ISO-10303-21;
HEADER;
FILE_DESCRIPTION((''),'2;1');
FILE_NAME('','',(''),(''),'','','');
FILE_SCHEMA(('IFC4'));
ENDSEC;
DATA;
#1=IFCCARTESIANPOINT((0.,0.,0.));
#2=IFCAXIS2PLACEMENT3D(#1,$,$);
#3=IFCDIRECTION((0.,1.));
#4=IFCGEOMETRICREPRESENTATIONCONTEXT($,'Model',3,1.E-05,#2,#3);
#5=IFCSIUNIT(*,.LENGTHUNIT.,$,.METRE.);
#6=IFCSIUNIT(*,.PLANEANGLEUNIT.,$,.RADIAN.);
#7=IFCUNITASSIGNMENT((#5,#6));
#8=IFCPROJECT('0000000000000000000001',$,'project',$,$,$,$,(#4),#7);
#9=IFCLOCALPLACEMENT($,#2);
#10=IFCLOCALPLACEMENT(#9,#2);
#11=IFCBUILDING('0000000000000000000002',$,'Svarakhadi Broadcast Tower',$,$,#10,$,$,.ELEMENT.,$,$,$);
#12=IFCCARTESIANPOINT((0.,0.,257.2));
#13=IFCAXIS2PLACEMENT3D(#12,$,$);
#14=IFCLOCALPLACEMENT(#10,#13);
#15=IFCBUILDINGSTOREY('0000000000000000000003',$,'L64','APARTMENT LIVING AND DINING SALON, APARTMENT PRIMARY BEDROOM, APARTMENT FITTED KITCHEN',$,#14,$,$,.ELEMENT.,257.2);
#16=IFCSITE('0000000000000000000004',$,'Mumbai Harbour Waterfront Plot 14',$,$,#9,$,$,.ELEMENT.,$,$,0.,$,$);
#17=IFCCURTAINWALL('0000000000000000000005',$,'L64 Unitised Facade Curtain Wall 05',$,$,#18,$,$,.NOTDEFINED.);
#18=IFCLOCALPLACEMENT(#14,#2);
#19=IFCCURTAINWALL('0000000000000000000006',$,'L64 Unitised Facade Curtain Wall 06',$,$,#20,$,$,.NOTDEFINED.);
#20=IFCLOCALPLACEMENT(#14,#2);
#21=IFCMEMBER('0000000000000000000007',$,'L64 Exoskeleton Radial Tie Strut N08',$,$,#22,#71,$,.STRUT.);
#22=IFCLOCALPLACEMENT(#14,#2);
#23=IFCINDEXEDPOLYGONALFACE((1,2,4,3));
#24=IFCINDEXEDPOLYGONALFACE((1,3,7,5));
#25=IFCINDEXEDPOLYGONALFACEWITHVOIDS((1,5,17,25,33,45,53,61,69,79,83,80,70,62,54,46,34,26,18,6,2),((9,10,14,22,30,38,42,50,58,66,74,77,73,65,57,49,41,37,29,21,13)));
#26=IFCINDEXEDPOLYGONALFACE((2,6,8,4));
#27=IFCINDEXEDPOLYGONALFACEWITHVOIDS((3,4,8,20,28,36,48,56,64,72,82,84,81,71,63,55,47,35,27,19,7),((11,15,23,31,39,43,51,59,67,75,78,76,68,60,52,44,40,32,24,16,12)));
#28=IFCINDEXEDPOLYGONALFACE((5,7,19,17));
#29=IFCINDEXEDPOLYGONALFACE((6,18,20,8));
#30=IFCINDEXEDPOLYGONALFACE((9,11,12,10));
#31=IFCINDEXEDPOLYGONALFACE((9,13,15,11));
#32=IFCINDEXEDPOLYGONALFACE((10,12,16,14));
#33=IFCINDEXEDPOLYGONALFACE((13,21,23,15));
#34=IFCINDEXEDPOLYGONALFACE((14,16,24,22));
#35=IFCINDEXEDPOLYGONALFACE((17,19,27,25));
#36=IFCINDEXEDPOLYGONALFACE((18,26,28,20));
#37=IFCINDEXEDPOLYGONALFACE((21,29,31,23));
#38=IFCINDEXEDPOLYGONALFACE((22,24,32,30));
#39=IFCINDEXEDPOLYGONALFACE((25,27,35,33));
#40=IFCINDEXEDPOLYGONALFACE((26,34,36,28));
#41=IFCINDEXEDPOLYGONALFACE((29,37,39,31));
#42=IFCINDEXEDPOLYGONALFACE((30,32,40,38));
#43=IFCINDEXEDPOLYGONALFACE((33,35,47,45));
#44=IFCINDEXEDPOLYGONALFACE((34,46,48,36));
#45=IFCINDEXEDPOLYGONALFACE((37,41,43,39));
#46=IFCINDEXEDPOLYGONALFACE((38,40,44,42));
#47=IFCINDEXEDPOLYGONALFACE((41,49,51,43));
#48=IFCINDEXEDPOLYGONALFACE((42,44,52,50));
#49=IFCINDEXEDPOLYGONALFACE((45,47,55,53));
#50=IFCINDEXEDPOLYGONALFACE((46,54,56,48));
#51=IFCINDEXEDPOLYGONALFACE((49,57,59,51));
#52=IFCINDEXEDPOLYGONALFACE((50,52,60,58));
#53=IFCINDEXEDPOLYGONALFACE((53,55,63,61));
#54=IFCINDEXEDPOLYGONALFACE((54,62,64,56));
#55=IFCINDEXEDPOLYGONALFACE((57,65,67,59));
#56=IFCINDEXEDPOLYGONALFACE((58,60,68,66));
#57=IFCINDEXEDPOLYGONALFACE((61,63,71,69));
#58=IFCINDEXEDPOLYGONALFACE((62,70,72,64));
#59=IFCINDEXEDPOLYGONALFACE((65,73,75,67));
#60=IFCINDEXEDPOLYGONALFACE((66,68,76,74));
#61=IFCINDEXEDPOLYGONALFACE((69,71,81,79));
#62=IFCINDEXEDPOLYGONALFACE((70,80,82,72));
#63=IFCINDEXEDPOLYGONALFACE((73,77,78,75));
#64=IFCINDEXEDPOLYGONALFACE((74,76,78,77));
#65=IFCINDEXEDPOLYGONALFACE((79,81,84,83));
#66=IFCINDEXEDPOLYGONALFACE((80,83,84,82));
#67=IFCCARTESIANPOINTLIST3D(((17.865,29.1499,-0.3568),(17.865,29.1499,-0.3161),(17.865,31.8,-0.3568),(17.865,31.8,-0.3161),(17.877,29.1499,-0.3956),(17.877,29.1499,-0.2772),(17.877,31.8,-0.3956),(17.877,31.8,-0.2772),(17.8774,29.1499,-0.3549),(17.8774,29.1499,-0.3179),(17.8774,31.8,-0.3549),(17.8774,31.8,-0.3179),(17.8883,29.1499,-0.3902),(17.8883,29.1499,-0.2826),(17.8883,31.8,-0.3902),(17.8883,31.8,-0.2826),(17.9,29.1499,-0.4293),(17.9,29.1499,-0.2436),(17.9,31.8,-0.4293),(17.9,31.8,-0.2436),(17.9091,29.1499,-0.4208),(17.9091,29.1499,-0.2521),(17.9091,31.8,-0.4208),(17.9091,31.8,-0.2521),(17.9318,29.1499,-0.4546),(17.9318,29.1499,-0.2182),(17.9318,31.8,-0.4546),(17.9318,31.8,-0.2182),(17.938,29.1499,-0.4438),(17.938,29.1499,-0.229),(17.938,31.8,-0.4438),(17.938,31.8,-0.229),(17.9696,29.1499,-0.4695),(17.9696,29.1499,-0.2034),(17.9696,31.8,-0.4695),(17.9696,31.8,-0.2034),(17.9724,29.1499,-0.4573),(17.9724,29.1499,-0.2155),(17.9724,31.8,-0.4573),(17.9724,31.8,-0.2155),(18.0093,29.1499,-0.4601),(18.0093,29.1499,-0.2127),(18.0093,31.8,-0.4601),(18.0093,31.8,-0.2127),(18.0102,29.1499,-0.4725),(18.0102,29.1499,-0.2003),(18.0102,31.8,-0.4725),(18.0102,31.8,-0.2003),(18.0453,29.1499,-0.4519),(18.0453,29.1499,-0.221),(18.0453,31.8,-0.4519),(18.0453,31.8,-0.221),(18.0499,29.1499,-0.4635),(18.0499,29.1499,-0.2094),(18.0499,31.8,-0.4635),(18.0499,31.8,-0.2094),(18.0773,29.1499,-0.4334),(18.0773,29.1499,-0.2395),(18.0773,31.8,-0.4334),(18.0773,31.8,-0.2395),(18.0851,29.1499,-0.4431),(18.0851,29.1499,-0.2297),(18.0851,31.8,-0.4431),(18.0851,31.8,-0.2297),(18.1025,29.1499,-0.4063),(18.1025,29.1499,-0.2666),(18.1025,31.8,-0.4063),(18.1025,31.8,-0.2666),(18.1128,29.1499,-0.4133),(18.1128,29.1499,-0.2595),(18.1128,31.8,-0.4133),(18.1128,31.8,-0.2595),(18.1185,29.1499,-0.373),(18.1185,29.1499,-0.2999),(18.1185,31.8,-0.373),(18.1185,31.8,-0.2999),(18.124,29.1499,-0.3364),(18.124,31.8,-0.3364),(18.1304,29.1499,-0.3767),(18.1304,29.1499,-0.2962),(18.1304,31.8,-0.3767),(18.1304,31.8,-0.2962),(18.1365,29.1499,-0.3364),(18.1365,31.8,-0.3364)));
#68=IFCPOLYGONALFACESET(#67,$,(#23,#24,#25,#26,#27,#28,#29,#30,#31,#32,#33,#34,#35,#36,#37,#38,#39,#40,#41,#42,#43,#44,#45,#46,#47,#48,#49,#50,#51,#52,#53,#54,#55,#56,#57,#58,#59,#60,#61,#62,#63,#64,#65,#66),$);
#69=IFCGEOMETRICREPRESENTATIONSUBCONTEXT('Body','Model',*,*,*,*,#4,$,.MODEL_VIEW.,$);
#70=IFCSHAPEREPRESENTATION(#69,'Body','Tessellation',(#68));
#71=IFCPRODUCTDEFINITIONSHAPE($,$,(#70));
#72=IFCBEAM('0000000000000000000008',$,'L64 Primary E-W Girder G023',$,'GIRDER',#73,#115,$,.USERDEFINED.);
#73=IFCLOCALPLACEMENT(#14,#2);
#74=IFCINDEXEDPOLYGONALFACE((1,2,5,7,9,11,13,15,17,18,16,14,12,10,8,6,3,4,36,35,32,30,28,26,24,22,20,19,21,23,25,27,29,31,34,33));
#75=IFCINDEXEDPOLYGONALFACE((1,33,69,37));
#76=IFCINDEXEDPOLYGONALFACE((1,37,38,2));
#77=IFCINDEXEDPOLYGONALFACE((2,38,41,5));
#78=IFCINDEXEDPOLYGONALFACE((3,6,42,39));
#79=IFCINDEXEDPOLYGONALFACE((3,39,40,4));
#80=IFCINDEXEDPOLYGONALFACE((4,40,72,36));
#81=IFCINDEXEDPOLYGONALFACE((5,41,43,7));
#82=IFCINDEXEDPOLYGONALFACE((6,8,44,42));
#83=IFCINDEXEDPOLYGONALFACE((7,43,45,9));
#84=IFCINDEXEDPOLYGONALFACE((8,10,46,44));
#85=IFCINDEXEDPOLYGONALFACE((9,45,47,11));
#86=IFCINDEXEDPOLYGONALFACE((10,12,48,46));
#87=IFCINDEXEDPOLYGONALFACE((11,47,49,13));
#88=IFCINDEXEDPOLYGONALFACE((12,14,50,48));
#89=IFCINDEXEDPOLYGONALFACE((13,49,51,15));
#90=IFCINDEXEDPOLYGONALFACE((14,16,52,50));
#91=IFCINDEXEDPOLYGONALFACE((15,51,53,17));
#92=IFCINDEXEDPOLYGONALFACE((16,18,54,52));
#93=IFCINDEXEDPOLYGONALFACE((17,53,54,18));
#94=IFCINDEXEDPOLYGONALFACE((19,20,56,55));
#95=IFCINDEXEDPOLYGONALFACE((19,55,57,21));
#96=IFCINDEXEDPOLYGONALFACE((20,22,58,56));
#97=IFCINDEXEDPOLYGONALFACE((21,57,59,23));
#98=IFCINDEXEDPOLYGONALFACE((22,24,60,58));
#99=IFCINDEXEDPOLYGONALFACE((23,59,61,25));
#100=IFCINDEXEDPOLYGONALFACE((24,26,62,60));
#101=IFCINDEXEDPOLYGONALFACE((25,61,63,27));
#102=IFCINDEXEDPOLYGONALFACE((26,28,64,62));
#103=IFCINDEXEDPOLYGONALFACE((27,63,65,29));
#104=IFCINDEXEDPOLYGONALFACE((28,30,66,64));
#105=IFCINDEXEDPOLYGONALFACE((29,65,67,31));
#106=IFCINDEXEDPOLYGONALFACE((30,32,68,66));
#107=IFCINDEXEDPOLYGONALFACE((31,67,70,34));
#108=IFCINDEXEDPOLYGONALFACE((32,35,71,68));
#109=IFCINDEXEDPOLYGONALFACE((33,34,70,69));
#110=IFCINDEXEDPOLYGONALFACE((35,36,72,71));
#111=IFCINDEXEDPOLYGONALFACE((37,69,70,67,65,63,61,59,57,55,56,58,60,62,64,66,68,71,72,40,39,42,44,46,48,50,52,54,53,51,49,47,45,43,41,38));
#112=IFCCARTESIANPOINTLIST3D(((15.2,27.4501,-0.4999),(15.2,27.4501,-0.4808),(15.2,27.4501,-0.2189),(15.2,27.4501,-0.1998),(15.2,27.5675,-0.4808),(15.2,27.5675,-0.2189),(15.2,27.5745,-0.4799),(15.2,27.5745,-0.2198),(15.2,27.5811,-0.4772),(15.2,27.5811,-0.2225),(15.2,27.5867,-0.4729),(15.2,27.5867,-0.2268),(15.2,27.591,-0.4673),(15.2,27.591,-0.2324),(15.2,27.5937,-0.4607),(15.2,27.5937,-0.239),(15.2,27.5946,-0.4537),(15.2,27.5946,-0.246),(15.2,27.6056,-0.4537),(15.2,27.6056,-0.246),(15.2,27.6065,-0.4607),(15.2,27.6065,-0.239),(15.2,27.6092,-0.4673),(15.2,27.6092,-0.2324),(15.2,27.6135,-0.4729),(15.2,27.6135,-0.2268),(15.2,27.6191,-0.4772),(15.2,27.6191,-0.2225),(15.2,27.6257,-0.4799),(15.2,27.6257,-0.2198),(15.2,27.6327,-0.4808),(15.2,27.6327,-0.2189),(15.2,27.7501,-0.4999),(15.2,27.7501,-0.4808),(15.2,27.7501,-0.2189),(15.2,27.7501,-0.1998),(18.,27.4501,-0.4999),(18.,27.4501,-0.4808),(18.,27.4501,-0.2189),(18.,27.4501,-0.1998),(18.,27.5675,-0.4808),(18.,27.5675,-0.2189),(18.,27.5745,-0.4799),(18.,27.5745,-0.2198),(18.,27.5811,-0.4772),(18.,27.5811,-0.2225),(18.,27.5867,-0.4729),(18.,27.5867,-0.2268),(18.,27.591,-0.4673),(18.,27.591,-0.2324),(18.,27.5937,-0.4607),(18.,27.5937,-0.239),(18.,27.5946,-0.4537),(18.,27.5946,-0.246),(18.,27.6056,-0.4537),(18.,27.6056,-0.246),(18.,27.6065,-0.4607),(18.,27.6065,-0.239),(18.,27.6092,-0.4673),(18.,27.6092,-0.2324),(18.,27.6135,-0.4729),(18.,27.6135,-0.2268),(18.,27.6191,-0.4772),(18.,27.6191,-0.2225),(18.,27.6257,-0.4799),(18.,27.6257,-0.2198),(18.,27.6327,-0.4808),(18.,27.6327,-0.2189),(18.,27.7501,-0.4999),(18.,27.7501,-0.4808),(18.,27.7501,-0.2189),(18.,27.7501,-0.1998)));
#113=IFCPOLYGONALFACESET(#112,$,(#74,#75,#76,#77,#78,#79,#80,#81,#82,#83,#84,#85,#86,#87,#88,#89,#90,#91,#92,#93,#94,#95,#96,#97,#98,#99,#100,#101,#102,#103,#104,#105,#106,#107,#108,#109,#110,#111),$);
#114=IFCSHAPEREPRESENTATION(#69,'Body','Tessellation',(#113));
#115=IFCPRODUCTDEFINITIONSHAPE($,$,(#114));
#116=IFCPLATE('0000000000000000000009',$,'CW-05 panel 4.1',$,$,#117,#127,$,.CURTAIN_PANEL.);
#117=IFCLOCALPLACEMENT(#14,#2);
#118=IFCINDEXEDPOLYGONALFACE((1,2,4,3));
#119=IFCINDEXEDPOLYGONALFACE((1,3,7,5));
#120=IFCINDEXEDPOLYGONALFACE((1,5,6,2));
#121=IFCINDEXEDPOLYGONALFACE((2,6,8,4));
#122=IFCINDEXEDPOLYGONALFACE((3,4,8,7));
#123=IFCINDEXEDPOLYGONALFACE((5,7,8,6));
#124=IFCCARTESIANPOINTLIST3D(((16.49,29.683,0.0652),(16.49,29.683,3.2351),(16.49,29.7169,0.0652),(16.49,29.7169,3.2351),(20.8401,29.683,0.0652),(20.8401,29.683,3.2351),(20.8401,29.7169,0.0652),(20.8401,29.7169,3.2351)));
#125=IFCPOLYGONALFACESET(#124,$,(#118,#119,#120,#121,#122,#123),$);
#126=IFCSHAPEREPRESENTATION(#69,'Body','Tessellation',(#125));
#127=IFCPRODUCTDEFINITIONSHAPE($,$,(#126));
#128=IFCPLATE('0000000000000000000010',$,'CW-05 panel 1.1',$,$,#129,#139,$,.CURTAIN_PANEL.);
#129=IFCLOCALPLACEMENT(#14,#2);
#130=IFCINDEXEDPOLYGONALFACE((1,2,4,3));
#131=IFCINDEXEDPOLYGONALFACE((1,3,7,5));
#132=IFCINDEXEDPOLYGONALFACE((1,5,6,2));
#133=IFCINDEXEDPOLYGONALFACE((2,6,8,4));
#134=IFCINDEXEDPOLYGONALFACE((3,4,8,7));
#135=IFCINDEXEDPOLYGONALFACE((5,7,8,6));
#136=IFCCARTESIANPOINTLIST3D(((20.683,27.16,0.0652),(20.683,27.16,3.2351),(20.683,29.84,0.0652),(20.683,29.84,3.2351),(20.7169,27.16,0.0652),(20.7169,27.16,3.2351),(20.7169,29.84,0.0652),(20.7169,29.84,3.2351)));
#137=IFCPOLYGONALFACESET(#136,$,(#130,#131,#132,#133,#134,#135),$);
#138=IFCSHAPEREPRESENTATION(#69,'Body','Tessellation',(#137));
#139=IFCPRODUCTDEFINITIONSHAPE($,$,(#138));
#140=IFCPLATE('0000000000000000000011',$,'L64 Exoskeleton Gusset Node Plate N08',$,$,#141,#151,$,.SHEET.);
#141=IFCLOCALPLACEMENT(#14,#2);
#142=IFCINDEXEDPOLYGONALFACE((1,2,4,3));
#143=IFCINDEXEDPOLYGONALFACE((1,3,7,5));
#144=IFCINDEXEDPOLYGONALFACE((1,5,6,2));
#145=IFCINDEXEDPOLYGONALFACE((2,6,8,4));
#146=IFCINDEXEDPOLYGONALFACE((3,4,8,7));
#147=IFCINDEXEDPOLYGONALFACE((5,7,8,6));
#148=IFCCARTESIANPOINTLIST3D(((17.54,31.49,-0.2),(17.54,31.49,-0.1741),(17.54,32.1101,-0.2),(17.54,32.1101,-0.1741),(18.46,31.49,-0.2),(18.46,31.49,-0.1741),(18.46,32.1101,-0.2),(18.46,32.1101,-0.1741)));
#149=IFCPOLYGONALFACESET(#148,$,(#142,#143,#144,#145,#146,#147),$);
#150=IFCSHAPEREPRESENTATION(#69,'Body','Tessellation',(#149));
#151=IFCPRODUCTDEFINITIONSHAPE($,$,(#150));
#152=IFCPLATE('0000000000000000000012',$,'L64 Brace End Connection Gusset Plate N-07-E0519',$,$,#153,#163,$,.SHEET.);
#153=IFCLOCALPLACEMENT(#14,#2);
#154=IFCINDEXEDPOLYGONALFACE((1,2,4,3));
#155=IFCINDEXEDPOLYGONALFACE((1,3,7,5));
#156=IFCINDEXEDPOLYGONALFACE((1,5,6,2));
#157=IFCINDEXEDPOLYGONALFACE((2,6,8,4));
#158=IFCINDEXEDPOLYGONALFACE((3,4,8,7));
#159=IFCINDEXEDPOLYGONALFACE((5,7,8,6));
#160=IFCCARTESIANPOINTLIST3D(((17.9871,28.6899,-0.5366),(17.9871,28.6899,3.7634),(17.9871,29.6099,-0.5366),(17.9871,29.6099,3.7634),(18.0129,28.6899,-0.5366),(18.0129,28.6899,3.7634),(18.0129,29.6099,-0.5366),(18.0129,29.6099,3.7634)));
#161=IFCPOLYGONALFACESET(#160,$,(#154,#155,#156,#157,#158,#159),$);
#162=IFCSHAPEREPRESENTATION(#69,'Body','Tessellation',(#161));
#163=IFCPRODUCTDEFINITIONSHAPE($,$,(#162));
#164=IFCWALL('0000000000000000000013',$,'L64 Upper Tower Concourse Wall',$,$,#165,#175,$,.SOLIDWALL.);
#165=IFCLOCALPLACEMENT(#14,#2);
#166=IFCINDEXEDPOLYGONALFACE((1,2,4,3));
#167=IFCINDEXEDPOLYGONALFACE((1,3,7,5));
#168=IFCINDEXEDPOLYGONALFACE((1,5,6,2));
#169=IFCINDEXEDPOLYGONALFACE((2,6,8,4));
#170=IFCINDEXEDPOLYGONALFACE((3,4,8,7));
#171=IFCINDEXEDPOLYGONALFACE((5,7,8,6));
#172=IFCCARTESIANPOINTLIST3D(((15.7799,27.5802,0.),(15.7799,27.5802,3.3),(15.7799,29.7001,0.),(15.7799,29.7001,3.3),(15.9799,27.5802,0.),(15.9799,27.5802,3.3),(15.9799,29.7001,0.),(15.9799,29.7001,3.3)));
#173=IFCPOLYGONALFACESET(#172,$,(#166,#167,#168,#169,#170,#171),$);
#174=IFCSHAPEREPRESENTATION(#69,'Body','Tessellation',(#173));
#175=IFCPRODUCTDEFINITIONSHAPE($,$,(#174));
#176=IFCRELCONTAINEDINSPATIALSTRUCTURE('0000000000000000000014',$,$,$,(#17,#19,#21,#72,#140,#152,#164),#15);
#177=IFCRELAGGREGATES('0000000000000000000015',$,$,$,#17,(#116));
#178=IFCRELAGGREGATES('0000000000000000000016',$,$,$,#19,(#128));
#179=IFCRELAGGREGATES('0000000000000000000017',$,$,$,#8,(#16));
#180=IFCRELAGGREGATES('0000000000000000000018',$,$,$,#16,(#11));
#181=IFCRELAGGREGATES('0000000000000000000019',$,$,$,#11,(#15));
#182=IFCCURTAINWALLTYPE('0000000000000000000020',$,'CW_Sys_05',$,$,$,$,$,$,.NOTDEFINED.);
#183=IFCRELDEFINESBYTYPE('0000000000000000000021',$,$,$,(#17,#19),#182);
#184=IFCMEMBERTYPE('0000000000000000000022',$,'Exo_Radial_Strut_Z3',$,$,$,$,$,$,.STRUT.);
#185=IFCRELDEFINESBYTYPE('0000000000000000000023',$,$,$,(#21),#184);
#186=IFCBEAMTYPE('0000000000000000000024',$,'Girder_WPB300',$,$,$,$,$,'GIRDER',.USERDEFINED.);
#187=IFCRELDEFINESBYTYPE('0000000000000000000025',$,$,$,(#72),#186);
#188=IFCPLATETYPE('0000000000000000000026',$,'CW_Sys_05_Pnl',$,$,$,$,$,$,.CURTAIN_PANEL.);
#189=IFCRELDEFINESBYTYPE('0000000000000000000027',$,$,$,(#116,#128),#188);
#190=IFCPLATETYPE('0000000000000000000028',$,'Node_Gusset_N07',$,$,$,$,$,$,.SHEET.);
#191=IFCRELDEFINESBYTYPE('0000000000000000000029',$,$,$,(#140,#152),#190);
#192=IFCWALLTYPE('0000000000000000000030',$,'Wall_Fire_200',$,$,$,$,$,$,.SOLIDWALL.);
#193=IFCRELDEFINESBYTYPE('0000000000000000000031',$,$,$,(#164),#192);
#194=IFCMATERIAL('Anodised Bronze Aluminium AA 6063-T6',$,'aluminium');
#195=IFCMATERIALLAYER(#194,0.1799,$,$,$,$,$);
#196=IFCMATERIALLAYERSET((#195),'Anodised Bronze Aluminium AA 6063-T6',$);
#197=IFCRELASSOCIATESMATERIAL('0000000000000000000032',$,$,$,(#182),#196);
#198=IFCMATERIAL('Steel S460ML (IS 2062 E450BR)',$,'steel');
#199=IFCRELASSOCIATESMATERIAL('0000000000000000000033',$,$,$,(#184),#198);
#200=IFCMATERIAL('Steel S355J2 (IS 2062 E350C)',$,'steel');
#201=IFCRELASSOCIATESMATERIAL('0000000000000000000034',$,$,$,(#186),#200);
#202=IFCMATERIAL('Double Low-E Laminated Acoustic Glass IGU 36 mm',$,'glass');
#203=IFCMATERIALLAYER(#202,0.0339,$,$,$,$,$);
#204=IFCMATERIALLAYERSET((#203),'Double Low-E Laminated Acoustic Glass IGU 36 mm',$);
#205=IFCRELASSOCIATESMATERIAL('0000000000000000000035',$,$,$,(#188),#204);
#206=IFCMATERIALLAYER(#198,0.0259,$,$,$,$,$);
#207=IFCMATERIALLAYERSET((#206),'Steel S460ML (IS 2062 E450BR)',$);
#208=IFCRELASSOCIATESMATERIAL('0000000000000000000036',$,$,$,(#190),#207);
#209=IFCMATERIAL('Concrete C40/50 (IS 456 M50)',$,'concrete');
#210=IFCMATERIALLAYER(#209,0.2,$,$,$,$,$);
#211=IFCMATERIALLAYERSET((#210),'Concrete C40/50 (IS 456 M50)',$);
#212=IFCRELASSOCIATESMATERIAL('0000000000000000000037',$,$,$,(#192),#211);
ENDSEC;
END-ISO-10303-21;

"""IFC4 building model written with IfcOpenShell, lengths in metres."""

from ifc_helpers import new_model, si_unit, direction, frame, frame_2d, origin, origin_2d, place, context, subcontext, project, spatial, rectangle, hollow_circle, i_section, extrude, material, layer, layer_set, material_profile, profile_set, type_object, element, aggregate, save


model = new_model("IFC4")

# Units and contexts
model_context = context("Model", 3, precision=1e-05, world=origin(), true_north=direction((0.0, 1.0)))
body_context = subcontext(model_context, "Body", "Model", "MODEL_VIEW")
ifc_project = project(units=[si_unit("LENGTHUNIT", "METRE"), si_unit("PLANEANGLEUNIT", "RADIAN")], contexts=[model_context])

# Site, building, storey
site_placement = place(None, origin())
site = spatial("IfcSite", under=ifc_project, at=site_placement, Name="Mumbai Harbour Waterfront Plot 14", CompositionType="ELEMENT", RefElevation=0.0)
building_placement = place(site_placement, origin())
building = spatial("IfcBuilding", under=site, at=building_placement, Name="Svarakhadi Broadcast Tower", CompositionType="ELEMENT")
storey_placement = place(building_placement, frame((0.0, 0.0, 257.2)))
storey = spatial("IfcBuildingStorey", under=building, at=storey_placement, Name="L64", Description="APARTMENT LIVING AND DINING SALON, APARTMENT PRIMARY BEDROOM, APARTMENT FITTED KITCHEN", CompositionType="ELEMENT", Elevation=257.2)

# Shared definitions
ifc_material_1 = material(Name="Steel S460ML (IS 2062 E450BR)", Category="steel")

# Curtain walls
ifc_material_2 = material(Name="Anodised Bronze Aluminium AA 6063-T6", Category="aluminium")
ifc_layer_1 = layer(ifc_material_2, 0.1799)
ifc_layer_set_1 = layer_set([ifc_layer_1], Name="Anodised Bronze Aluminium AA 6063-T6")
curtain_wall_type = type_object("IfcCurtainWallType", Name="CW_Sys_05", PredefinedType="NOTDEFINED", material=ifc_layer_set_1)
curtain_wall_1_placement = place(storey_placement, origin())
curtain_wall_1 = element("IfcCurtainWall", 1, at=curtain_wall_1_placement, inside=storey, type_object=curtain_wall_type, Name="L64 Unitised Facade Curtain Wall 05", PredefinedType="NOTDEFINED")
curtain_wall_2_placement = place(storey_placement, origin())
curtain_wall_2 = element("IfcCurtainWall", 2, at=curtain_wall_2_placement, inside=storey, type_object=curtain_wall_type, Name="L64 Unitised Facade Curtain Wall 06", PredefinedType="NOTDEFINED")

# Member
ifc_material_profile_1 = material_profile(ifc_material_1, hollow_circle(Radius=0.1365, WallThickness=0.0125, at=origin_2d()), Name="CHS 273x12.5")
ifc_profile_set_1 = profile_set([ifc_material_profile_1], Name="Steel S460ML (IS 2062 E450BR)")
member_type_1 = type_object("IfcMemberType", Name="Exo_Radial_Strut_Z3", PredefinedType="STRUT", material=ifc_profile_set_1)
member_1_placement = place(storey_placement, frame((18.0, 31.8, -0.3364), z_axis=(0.0, -1.0, 0.0), x_axis=(1.0, 0.0, 0.0)))
element("IfcMember", 3, at=member_1_placement, inside=storey, type_object=member_type_1, Name="L64 Exoskeleton Radial Tie Strut N08", PredefinedType="STRUT", context=body_context, shape_type="SweptSolid", body=[
    extrude(hollow_circle(Radius=0.1365, WallThickness=0.0125, at=origin_2d()), origin(), (0.0, 0.0, 1.0), 2.6501),
])

# Beam
ifc_material_3 = material(Name="Steel S355J2 (IS 2062 E350C)", Category="steel")
ifc_material_profile_2 = material_profile(ifc_material_3, i_section(OverallWidth=0.3, OverallDepth=0.3, WebThickness=0.011, FlangeThickness=0.019, FilletRadius=0.0271, at=origin_2d()), Name="WPB 300x300x117")
ifc_profile_set_2 = profile_set([ifc_material_profile_2], Name="Steel S355J2 (IS 2062 E350C)")
beam_type = type_object("IfcBeamType", Name="Girder_WPB300", ElementType="GIRDER", PredefinedType="USERDEFINED", material=ifc_profile_set_2)
beam_placement = place(storey_placement, frame((15.2, 27.6001, -0.3499), z_axis=(1.0, 0.0, 0.0), x_axis=(0.0, 1.0, 0.0)))
element("IfcBeam", 4, at=beam_placement, inside=storey, type_object=beam_type, Name="L64 Primary E-W Girder G023", ObjectType="GIRDER", PredefinedType="USERDEFINED", context=body_context, shape_type="SweptSolid", body=[
    extrude(i_section(OverallWidth=0.3, OverallDepth=0.3, WebThickness=0.011, FlangeThickness=0.019, FilletRadius=0.0271, at=origin_2d()), origin(), (0.0, 0.0, 1.0), 2.8),
])

# Plates
ifc_material_4 = material(Name="Double Low-E Laminated Acoustic Glass IGU 36 mm", Category="glass")
ifc_layer_2 = layer(ifc_material_4, 0.0339)
ifc_layer_set_2 = layer_set([ifc_layer_2], Name="Double Low-E Laminated Acoustic Glass IGU 36 mm")
plate_type_1 = type_object("IfcPlateType", Name="CW_Sys_05_Pnl", PredefinedType="CURTAIN_PANEL", material=ifc_layer_set_2)
plate_1_placement = place(storey_placement, frame((18.665, 29.7, 0.0652), z_axis=(0.0, 0.0, 1.0), x_axis=(1.0, 0.0, 0.0)))
plate_1 = element("IfcPlate", 5, at=plate_1_placement, type_object=plate_type_1, Name="CW-05 panel 4.1", PredefinedType="CURTAIN_PANEL", context=body_context, shape_type="SweptSolid", body=[
    extrude(rectangle(XDim=4.3501, YDim=0.0339, at=origin_2d()), origin(), (0.0, 0.0, 1.0), 3.1699),
])
aggregate(curtain_wall_1, [plate_1])
plate_2_placement = place(storey_placement, frame((20.7, 28.5, 0.0652), z_axis=(0.0, 0.0, 1.0), x_axis=(0.0, -1.0, 0.0)))
plate_2 = element("IfcPlate", 6, at=plate_2_placement, type_object=plate_type_1, Name="CW-05 panel 1.1", PredefinedType="CURTAIN_PANEL", context=body_context, shape_type="SweptSolid", body=[
    extrude(rectangle(XDim=2.6799, YDim=0.0339, at=origin_2d()), origin(), (0.0, 0.0, 1.0), 3.1699),
])
aggregate(curtain_wall_2, [plate_2])

# Plates
ifc_layer_3 = layer(ifc_material_1, 0.0259)
ifc_layer_set_3 = layer_set([ifc_layer_3], Name="Steel S460ML (IS 2062 E450BR)")
plate_type_2 = type_object("IfcPlateType", Name="Node_Gusset_N07", PredefinedType="SHEET", material=ifc_layer_set_3)
plate_3_placement = place(storey_placement, frame((18.0, 31.8, -0.2), z_axis=(0.0, 0.0, 1.0), x_axis=(1.0, 0.0, 0.0)))
element("IfcPlate", 7, at=plate_3_placement, inside=storey, type_object=plate_type_2, Name="L64 Exoskeleton Gusset Node Plate N08", PredefinedType="SHEET", context=body_context, shape_type="SweptSolid", body=[
    extrude(rectangle(XDim=0.9199, YDim=0.6201, at=origin_2d()), origin(), (0.0, 0.0, 1.0), 0.0259),
])
plate_4_placement = place(storey_placement, frame((18.0, 29.1499, -0.5366), z_axis=(0.0, 0.0, 1.0), x_axis=(0.0, 1.0, 0.0)))
element("IfcPlate", 8, at=plate_4_placement, inside=storey, type_object=plate_type_2, Name="L64 Brace End Connection Gusset Plate N-07-E0519", PredefinedType="SHEET", context=body_context, shape_type="SweptSolid", body=[
    extrude(rectangle(XDim=0.9199, YDim=0.0259, at=origin_2d()), origin(), (0.0, 0.0, 1.0), 4.3),
])

# Wall
ifc_material_5 = material(Name="Concrete C40/50 (IS 456 M50)", Category="concrete")
ifc_layer_4 = layer(ifc_material_5, 0.2)
ifc_layer_set_4 = layer_set([ifc_layer_4], Name="Concrete C40/50 (IS 456 M50)")
wall_type = type_object("IfcWallType", Name="Wall_Fire_200", PredefinedType="SOLIDWALL", material=ifc_layer_set_4)
wall_1_placement = place(storey_placement, frame((15.8799, 27.5801, 0.0), z_axis=(0.0, 0.0, 1.0), x_axis=(0.0, 1.0, 0.0)))
element("IfcWall", 9, at=wall_1_placement, inside=storey, type_object=wall_type, Name="L64 Upper Tower Concourse Wall", PredefinedType="SOLIDWALL", context=body_context, shape_type="SweptSolid", body=[
    extrude(rectangle(XDim=2.1199, YDim=0.2, at=frame_2d((1.0601, 0.0))), origin(), (0.0, 0.0, 1.0), 3.3),
])

save(model, "model.ifc")
